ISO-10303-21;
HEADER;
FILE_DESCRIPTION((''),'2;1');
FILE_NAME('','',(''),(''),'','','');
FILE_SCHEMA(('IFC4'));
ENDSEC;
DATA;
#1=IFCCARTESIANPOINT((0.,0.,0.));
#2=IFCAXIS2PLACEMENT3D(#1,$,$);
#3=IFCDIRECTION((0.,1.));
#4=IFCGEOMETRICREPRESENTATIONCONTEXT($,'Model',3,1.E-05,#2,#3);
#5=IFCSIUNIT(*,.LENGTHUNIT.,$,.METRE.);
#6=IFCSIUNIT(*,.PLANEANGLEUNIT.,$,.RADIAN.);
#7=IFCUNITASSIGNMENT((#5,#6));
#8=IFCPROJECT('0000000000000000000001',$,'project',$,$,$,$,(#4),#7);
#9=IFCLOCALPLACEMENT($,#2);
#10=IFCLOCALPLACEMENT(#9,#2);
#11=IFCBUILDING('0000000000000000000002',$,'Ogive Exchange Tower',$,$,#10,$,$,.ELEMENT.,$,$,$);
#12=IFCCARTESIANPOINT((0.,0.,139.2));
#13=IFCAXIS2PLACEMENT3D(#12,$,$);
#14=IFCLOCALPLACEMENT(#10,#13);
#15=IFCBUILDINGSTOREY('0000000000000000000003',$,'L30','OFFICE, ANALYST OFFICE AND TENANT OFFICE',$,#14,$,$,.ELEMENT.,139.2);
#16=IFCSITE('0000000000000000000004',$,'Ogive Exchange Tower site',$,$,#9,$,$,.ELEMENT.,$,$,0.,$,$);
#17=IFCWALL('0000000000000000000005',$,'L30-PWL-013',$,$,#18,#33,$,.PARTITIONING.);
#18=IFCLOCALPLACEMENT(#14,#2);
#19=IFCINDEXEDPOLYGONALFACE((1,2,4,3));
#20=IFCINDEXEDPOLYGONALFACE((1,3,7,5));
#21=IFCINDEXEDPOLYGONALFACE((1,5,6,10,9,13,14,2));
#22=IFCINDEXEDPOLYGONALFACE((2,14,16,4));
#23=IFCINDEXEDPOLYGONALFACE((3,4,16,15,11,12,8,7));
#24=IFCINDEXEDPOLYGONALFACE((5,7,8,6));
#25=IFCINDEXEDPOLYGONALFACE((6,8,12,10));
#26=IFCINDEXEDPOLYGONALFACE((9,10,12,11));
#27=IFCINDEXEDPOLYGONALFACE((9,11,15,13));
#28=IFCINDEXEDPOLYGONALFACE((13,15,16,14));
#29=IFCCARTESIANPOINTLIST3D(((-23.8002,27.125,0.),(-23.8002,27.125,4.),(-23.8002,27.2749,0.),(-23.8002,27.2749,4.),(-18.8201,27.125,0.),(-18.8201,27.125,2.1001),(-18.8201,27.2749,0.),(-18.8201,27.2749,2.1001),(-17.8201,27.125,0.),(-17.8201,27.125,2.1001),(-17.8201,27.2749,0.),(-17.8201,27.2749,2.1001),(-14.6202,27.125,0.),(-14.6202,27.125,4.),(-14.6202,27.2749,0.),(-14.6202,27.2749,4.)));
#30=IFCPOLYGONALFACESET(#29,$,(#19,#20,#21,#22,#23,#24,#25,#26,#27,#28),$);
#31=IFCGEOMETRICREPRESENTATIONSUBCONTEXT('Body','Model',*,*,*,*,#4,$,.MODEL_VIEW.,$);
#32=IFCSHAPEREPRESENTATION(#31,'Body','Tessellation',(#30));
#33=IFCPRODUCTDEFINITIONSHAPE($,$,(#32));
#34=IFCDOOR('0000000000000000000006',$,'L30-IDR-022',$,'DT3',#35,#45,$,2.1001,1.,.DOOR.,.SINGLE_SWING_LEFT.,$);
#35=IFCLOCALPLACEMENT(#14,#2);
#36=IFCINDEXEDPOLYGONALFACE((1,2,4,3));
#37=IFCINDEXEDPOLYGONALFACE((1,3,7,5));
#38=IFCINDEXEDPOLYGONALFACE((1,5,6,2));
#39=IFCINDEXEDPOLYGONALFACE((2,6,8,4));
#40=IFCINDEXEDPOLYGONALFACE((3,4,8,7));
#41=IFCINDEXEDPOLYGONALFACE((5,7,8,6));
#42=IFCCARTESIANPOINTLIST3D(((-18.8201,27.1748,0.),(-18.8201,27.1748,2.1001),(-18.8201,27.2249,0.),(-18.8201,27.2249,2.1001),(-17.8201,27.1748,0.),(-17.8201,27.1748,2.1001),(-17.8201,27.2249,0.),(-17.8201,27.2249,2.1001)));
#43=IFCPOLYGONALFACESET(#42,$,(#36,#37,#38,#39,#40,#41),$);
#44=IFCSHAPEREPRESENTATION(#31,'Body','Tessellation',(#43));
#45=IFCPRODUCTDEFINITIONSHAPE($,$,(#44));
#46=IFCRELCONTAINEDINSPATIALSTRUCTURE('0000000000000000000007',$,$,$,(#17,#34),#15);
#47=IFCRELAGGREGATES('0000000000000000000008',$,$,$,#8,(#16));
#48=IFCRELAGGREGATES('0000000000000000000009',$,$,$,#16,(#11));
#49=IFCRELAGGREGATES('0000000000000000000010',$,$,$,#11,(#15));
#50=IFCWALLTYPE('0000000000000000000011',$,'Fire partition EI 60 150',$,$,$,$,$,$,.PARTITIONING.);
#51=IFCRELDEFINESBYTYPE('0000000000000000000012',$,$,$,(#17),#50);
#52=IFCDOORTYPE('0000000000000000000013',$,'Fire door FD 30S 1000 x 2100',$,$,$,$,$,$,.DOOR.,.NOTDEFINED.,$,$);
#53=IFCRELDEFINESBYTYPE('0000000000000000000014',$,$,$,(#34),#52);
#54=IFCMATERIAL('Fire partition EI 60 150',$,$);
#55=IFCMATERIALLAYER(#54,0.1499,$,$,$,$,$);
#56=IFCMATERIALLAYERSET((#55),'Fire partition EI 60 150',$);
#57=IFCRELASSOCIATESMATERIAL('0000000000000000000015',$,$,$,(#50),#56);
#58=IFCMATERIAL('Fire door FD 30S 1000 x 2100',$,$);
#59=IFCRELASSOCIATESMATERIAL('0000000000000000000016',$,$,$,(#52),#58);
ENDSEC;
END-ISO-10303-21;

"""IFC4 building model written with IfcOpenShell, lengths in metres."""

from ifc_helpers import new_model, si_unit, direction, frame, frame_2d, origin, place, context, subcontext, project, spatial, rectangle, extrude, material, layer, layer_set, type_object, element, fill, save


model = new_model("IFC4")

# Units and contexts
model_context = context("Model", 3, precision=1e-05, world=origin(), true_north=direction((0.0, 1.0)))
body_context = subcontext(model_context, "Body", "Model", "MODEL_VIEW")
ifc_project = project(units=[si_unit("LENGTHUNIT", "METRE"), si_unit("PLANEANGLEUNIT", "RADIAN")], contexts=[model_context])

# Site, building, storey
site_placement = place(None, origin())
site = spatial("IfcSite", under=ifc_project, at=site_placement, Name="Ogive Exchange Tower site", CompositionType="ELEMENT", RefElevation=0.0)
building_placement = place(site_placement, origin())
building = spatial("IfcBuilding", under=site, at=building_placement, Name="Ogive Exchange Tower", CompositionType="ELEMENT")
storey_placement = place(building_placement, frame((0.0, 0.0, 139.2)))
storey = spatial("IfcBuildingStorey", under=building, at=storey_placement, Name="L30", Description="OFFICE, ANALYST OFFICE AND TENANT OFFICE", CompositionType="ELEMENT", Elevation=139.2)

# Shared definitions
ifc_material_1 = material(Name="Fire partition EI 60 150")
ifc_layer_1 = layer(ifc_material_1, 0.1499)
ifc_layer_set_1 = layer_set([ifc_layer_1], Name="Fire partition EI 60 150")
wall_type_1 = type_object("IfcWallType", Name="Fire partition EI 60 150", PredefinedType="PARTITIONING", material=ifc_layer_set_1)

# Wall, opening, door
wall_1_placement = place(storey_placement, frame((-23.8, 27.2, 0.0), z_axis=(0.0, 0.0, 1.0), x_axis=(1.0, 0.0, 0.0)))
wall_1 = element("IfcWall", 1, at=wall_1_placement, inside=storey, type_object=wall_type_1, Name="L30-PWL-013", PredefinedType="PARTITIONING", context=body_context, shape_type="SweptSolid", body=[
    extrude(rectangle(XDim=9.1799, YDim=0.1499, at=frame_2d((4.5898, 0.0))), origin(), (0.0, 0.0, 1.0), 4.0),
])
opening_1_placement = place(wall_1_placement, frame((4.98, 0.0, 0.0)))
opening_1 = element("IfcOpeningElement", 2, at=opening_1_placement, cuts=wall_1, PredefinedType="OPENING", context=body_context, shape_type="SweptSolid", body=[
    extrude(rectangle(XDim=1.0, YDim=2.1001, at=frame_2d((0.5, 1.05))), frame((0.0, 0.085, 0.0), z_axis=(0.0, -1.0, 0.0), x_axis=(1.0, 0.0, 0.0)), (0.0, 0.0, 1.0), 0.1699),
])
ifc_material_2 = material(Name="Fire door FD 30S 1000 x 2100")
door_type_1 = type_object("IfcDoorType", Name="Fire door FD 30S 1000 x 2100", OperationType="NOTDEFINED", PredefinedType="DOOR", material=ifc_material_2)
door_1_placement = place(opening_1_placement, origin())
door_1 = element("IfcDoor", 3, at=door_1_placement, inside=storey, type_object=door_type_1, Name="L30-IDR-022", ObjectType="DT3", OperationType="SINGLE_SWING_LEFT", OverallHeight=2.1001, OverallWidth=1.0, PredefinedType="DOOR", context=body_context, shape_type="SweptSolid", body=[
    extrude(rectangle(XDim=1.0, YDim=2.1001, at=frame_2d((0.5, 1.05))), frame((0.0, 0.0249, 0.0), z_axis=(0.0, -1.0, 0.0), x_axis=(1.0, 0.0, 0.0)), (0.0, 0.0, 1.0), 0.05),
])
fill(opening_1, door_1)

save(model, "model.ifc")
